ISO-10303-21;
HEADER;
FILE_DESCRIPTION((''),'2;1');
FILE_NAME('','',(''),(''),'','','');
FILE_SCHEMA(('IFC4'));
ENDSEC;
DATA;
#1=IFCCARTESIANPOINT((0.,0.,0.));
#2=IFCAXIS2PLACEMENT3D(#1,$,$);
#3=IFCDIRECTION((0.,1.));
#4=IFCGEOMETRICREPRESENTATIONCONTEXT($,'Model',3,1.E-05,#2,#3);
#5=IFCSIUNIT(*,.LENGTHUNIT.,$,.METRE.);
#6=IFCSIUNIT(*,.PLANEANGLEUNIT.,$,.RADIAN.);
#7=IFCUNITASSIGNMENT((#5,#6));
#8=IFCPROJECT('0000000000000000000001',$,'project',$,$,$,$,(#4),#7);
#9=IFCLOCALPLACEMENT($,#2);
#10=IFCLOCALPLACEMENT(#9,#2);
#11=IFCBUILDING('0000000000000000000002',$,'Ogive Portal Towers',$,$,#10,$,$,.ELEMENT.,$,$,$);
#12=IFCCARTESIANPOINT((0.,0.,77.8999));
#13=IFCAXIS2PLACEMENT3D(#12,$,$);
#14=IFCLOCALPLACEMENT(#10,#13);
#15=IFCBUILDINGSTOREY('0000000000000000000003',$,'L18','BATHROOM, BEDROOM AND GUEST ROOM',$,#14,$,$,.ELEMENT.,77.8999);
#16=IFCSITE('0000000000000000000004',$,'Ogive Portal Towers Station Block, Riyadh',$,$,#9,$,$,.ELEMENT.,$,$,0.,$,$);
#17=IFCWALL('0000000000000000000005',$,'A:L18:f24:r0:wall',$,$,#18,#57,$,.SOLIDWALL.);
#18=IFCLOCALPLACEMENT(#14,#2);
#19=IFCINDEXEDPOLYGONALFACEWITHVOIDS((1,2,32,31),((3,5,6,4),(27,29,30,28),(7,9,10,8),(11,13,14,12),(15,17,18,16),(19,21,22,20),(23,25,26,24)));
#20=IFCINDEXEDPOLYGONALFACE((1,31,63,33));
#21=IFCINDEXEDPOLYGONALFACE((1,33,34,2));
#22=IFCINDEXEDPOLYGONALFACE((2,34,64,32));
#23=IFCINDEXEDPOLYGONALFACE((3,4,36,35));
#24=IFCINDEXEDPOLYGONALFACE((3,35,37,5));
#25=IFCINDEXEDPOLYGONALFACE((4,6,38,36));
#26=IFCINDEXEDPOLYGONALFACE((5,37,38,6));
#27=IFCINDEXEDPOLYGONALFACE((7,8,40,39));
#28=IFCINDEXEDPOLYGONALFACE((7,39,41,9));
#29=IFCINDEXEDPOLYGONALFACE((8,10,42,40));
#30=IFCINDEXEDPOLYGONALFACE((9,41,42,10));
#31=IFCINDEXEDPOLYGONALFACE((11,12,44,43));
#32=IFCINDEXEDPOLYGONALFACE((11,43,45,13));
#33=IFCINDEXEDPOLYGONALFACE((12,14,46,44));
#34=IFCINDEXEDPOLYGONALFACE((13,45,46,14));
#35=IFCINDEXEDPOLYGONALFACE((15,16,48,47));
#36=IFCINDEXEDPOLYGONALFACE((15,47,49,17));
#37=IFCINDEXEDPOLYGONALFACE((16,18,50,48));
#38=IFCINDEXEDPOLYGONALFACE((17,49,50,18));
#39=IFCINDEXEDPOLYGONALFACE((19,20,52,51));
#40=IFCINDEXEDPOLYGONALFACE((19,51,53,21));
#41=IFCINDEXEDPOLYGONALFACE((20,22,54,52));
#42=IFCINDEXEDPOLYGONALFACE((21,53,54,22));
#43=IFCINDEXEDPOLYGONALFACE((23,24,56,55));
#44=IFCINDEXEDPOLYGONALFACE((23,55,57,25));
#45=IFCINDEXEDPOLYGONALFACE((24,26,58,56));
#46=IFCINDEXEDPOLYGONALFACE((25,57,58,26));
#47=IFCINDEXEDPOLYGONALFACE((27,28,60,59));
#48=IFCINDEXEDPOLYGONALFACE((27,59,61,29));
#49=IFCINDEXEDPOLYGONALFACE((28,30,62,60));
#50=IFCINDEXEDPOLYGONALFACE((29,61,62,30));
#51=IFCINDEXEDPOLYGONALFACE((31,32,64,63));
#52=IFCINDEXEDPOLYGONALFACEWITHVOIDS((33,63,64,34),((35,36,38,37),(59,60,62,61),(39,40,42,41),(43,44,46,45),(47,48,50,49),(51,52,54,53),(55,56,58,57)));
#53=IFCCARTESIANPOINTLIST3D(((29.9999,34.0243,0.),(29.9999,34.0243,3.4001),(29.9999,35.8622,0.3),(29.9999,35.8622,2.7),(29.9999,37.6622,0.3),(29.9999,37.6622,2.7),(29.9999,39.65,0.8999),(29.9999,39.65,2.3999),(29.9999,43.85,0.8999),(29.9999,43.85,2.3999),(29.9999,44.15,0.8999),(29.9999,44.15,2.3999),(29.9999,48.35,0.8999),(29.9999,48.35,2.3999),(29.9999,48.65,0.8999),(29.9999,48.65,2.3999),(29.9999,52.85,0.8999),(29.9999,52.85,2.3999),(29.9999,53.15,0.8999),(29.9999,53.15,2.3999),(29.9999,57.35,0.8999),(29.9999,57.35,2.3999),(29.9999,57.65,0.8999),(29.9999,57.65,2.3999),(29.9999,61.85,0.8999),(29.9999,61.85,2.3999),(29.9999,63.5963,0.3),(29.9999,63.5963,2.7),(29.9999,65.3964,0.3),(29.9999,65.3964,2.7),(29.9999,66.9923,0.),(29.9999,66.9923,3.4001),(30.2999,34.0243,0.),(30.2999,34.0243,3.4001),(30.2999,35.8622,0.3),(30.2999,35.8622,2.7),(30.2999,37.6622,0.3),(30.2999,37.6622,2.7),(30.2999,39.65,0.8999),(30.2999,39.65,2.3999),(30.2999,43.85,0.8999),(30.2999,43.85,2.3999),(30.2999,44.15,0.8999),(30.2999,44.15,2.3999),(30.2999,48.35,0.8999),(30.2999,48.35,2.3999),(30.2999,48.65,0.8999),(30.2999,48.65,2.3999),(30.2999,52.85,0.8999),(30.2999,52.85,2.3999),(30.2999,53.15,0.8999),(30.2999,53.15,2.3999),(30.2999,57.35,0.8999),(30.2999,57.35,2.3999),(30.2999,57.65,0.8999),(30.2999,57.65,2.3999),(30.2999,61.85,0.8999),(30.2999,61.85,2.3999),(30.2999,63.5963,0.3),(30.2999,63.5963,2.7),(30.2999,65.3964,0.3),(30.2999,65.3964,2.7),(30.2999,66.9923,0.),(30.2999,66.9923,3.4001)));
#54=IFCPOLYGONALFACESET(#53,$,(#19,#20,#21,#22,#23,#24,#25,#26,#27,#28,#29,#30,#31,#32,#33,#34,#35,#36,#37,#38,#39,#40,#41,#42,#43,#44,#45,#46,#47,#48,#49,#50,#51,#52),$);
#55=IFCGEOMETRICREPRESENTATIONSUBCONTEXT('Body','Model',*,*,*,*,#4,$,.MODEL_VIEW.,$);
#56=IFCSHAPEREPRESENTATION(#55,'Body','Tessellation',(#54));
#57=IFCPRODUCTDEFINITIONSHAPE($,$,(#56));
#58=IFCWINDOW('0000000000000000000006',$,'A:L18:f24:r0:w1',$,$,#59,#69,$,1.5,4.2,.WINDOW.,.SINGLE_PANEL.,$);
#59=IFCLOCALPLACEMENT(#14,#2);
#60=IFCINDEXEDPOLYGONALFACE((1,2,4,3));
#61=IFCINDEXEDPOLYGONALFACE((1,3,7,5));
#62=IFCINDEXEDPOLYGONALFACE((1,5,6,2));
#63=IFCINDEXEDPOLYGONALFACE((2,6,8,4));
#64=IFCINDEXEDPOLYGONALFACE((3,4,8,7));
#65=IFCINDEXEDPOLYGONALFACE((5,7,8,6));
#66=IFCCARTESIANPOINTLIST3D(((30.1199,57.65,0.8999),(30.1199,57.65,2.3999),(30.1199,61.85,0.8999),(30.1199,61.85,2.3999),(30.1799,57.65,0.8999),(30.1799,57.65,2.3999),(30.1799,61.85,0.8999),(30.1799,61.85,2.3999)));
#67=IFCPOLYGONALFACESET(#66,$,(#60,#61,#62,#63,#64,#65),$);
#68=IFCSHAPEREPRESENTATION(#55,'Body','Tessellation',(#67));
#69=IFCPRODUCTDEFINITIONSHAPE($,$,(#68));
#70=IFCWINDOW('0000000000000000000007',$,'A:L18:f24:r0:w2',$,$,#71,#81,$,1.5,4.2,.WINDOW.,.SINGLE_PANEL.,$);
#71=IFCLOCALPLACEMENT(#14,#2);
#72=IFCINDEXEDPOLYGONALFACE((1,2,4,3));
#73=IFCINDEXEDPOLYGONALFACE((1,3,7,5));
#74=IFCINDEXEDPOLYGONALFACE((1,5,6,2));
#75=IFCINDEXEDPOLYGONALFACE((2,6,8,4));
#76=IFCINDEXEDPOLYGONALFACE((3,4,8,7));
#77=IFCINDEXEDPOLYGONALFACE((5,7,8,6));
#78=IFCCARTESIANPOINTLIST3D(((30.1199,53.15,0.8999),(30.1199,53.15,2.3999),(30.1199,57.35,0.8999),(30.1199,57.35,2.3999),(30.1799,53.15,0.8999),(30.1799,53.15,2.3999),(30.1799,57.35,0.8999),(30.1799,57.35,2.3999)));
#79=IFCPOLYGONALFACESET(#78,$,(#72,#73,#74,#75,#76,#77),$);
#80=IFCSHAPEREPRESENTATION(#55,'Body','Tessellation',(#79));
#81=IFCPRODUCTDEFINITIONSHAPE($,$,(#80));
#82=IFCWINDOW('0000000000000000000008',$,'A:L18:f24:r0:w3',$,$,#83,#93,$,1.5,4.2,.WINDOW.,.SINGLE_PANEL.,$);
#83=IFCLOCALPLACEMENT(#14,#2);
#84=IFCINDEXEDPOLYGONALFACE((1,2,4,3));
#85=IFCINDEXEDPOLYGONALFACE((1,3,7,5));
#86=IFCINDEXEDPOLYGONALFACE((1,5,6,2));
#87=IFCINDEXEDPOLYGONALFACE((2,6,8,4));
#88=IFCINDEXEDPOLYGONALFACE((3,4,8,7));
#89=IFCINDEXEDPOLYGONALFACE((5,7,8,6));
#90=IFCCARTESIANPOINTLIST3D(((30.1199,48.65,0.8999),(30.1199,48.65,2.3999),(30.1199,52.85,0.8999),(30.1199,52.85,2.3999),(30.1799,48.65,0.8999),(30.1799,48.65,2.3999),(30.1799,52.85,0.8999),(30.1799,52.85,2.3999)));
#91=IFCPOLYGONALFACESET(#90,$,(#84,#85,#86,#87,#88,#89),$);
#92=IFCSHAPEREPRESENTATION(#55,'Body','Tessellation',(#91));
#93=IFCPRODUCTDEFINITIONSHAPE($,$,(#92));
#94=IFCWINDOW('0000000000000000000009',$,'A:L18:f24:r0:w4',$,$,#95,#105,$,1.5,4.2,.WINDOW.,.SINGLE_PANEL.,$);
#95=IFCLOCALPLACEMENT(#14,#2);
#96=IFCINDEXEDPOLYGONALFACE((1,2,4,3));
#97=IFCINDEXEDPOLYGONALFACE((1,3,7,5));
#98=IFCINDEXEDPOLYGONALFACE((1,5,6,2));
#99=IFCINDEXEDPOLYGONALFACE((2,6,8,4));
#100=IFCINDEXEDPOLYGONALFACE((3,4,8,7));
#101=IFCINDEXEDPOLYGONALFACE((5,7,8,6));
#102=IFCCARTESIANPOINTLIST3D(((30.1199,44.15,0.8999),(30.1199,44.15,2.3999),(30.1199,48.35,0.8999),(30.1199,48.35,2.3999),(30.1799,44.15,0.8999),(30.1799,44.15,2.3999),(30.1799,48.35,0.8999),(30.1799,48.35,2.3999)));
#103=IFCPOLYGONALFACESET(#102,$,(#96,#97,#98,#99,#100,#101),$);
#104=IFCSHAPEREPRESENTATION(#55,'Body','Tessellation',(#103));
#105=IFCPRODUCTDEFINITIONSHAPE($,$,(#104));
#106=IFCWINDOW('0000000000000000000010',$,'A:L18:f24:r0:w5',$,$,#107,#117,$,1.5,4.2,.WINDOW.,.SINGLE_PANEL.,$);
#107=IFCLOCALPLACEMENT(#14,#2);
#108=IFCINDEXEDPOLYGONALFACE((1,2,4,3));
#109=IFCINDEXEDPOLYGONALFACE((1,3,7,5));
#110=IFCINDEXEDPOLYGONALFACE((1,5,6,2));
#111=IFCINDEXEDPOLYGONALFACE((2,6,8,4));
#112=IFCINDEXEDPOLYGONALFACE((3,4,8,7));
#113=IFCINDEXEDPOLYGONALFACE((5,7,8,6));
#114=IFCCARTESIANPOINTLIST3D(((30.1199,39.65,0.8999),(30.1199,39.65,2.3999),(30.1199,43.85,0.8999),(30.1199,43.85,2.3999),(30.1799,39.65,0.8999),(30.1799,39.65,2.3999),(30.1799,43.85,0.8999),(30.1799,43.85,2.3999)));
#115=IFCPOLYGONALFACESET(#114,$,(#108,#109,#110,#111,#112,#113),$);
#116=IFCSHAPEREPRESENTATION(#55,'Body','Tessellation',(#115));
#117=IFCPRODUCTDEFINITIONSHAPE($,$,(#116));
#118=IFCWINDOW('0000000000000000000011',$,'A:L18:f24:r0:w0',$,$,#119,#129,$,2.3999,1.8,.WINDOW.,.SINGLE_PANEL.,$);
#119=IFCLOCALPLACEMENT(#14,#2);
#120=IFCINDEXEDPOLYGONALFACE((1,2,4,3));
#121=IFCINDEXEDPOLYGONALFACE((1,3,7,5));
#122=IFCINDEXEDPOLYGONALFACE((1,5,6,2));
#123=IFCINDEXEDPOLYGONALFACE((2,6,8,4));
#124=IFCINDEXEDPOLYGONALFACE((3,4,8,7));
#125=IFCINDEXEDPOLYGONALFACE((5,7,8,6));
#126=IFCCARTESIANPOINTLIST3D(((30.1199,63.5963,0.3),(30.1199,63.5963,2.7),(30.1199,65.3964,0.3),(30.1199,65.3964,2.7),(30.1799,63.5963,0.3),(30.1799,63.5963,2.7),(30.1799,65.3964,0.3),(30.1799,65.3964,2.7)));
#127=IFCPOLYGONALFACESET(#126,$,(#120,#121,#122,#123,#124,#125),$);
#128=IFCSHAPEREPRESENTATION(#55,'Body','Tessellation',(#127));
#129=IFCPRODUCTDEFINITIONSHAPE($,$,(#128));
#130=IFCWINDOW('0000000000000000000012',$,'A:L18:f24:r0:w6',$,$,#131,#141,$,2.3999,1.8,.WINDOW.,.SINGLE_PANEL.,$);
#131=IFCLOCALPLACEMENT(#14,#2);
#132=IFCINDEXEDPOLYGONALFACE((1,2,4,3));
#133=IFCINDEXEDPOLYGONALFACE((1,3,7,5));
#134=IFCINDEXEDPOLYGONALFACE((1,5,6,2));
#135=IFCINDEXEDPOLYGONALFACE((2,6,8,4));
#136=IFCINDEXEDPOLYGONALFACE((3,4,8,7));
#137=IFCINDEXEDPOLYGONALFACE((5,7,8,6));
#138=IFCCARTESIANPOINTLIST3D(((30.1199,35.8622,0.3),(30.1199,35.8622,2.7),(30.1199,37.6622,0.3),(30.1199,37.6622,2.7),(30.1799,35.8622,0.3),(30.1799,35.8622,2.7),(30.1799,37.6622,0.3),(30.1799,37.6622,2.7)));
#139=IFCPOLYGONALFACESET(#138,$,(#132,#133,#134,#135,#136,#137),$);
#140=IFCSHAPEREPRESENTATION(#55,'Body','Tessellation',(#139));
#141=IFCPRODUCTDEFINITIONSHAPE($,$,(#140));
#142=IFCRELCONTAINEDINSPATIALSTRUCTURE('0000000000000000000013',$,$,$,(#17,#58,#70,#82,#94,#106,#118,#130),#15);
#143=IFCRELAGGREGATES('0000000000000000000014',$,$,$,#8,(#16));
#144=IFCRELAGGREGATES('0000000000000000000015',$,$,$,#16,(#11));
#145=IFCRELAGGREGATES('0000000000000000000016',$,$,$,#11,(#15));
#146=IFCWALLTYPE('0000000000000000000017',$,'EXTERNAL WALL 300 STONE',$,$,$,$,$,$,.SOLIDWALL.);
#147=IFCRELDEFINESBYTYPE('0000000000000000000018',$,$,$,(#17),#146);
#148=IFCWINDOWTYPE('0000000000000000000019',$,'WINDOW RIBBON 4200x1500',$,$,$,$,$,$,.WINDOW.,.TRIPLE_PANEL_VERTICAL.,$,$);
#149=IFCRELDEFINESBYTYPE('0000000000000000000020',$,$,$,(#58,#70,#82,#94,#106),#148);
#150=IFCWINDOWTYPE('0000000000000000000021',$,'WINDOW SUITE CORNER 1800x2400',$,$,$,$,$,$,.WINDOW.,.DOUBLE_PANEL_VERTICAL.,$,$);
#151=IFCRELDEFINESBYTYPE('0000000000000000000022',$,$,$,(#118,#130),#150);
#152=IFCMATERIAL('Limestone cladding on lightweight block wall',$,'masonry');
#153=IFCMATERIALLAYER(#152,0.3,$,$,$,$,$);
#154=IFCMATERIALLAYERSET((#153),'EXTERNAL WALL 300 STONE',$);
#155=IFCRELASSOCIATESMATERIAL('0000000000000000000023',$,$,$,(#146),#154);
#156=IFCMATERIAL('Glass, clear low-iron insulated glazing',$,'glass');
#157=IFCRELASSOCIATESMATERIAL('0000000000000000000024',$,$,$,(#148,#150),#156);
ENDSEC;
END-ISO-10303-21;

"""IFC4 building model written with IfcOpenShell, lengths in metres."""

from ifc_helpers import new_model, si_unit, direction, frame, frame_2d, origin, place, context, subcontext, project, spatial, rectangle, extrude, material, layer, layer_set, type_object, element, fill, save


model = new_model("IFC4")

# Units and contexts
model_context = context("Model", 3, precision=1e-05, world=origin(), true_north=direction((0.0, 1.0)))
body_context = subcontext(model_context, "Body", "Model", "MODEL_VIEW")
ifc_project = project(units=[si_unit("LENGTHUNIT", "METRE"), si_unit("PLANEANGLEUNIT", "RADIAN")], contexts=[model_context])

# Site, building, storey
site_placement = place(None, origin())
site = spatial("IfcSite", under=ifc_project, at=site_placement, Name="Ogive Portal Towers Station Block, Riyadh", CompositionType="ELEMENT", RefElevation=0.0)
building_placement = place(site_placement, origin())
building = spatial("IfcBuilding", under=site, at=building_placement, Name="Ogive Portal Towers", CompositionType="ELEMENT")
storey_placement = place(building_placement, frame((0.0, 0.0, 77.8999)))
storey = spatial("IfcBuildingStorey", under=building, at=storey_placement, Name="L18", Description="BATHROOM, BEDROOM AND GUEST ROOM", CompositionType="ELEMENT", Elevation=77.8999)

# Shared definitions
ifc_material_1 = material(Name="Glass, clear low-iron insulated glazing", Category="glass")

# Wall, openings, windows
ifc_material_2 = material(Name="Limestone cladding on lightweight block wall", Category="masonry")
ifc_layer_1 = layer(ifc_material_2, 0.3)
ifc_layer_set_1 = layer_set([ifc_layer_1], Name="EXTERNAL WALL 300 STONE")
wall_type_1 = type_object("IfcWallType", Name="EXTERNAL WALL 300 STONE", PredefinedType="SOLIDWALL", material=ifc_layer_set_1)
wall_1_placement = place(storey_placement, frame((30.1499, 66.9922, 0.0), z_axis=(0.0, 0.0, 1.0), x_axis=(0.0, -1.0, 0.0)))
wall_1 = element("IfcWall", 1, at=wall_1_placement, inside=storey, type_object=wall_type_1, Name="A:L18:f24:r0:wall", PredefinedType="SOLIDWALL", context=body_context, shape_type="SweptSolid", body=[
    extrude(rectangle(XDim=32.968, YDim=0.3, at=frame_2d((16.4839, 0.0))), origin(), (0.0, 0.0, 1.0), 3.4001),
])
opening_1_placement = place(wall_1_placement, frame((1.5959, 0.0, 0.3)))
opening_1 = element("IfcOpeningElement", 2, at=opening_1_placement, cuts=wall_1, PredefinedType="OPENING", context=body_context, shape_type="SweptSolid", body=[
    extrude(rectangle(XDim=1.8, YDim=2.3999, at=frame_2d((0.8999, 1.2))), frame((0.0, 0.1602, 0.0), z_axis=(0.0, -1.0, 0.0), x_axis=(1.0, 0.0, 0.0)), (0.0, 0.0, 1.0), 0.3201),
])
opening_2_placement = place(wall_1_placement, frame((5.1421, 0.0, 0.8999)))
opening_2 = element("IfcOpeningElement", 3, at=opening_2_placement, cuts=wall_1, PredefinedType="OPENING", context=body_context, shape_type="SweptSolid", body=[
    extrude(rectangle(XDim=4.2, YDim=1.5, at=frame_2d((2.1001, 0.75))), frame((0.0, 0.1602, 0.0), z_axis=(0.0, -1.0, 0.0), x_axis=(1.0, 0.0, 0.0)), (0.0, 0.0, 1.0), 0.3201),
])
opening_3_placement = place(wall_1_placement, frame((9.6421, 0.0, 0.8999)))
opening_3 = element("IfcOpeningElement", 4, at=opening_3_placement, cuts=wall_1, PredefinedType="OPENING", context=body_context, shape_type="SweptSolid", body=[
    extrude(rectangle(XDim=4.2, YDim=1.5, at=frame_2d((2.1001, 0.75))), frame((0.0, 0.1602, 0.0), z_axis=(0.0, -1.0, 0.0), x_axis=(1.0, 0.0, 0.0)), (0.0, 0.0, 1.0), 0.3201),
])
opening_4_placement = place(wall_1_placement, frame((14.1421, 0.0, 0.8999)))
opening_4 = element("IfcOpeningElement", 5, at=opening_4_placement, cuts=wall_1, PredefinedType="OPENING", context=body_context, shape_type="SweptSolid", body=[
    extrude(rectangle(XDim=4.2, YDim=1.5, at=frame_2d((2.1001, 0.75))), frame((0.0, 0.1602, 0.0), z_axis=(0.0, -1.0, 0.0), x_axis=(1.0, 0.0, 0.0)), (0.0, 0.0, 1.0), 0.3201),
])
opening_5_placement = place(wall_1_placement, frame((18.6421, 0.0, 0.8999)))
opening_5 = element("IfcOpeningElement", 6, at=opening_5_placement, cuts=wall_1, PredefinedType="OPENING", context=body_context, shape_type="SweptSolid", body=[
    extrude(rectangle(XDim=4.2, YDim=1.5, at=frame_2d((2.1001, 0.75))), frame((0.0, 0.1602, 0.0), z_axis=(0.0, -1.0, 0.0), x_axis=(1.0, 0.0, 0.0)), (0.0, 0.0, 1.0), 0.3201),
])
opening_6_placement = place(wall_1_placement, frame((23.1421, 0.0, 0.8999)))
opening_6 = element("IfcOpeningElement", 7, at=opening_6_placement, cuts=wall_1, PredefinedType="OPENING", context=body_context, shape_type="SweptSolid", body=[
    extrude(rectangle(XDim=4.2, YDim=1.5, at=frame_2d((2.1001, 0.75))), frame((0.0, 0.1602, 0.0), z_axis=(0.0, -1.0, 0.0), x_axis=(1.0, 0.0, 0.0)), (0.0, 0.0, 1.0), 0.3201),
])
opening_7_placement = place(wall_1_placement, frame((29.3301, 0.0, 0.3)))
opening_7 = element("IfcOpeningElement", 8, at=opening_7_placement, cuts=wall_1, PredefinedType="OPENING", context=body_context, shape_type="SweptSolid", body=[
    extrude(rectangle(XDim=1.8, YDim=2.3999, at=frame_2d((0.8999, 1.2))), frame((0.0, 0.1602, 0.0), z_axis=(0.0, -1.0, 0.0), x_axis=(1.0, 0.0, 0.0)), (0.0, 0.0, 1.0), 0.3201),
])
window_type_1 = type_object("IfcWindowType", Name="WINDOW RIBBON 4200x1500", PartitioningType="TRIPLE_PANEL_VERTICAL", PredefinedType="WINDOW", material=ifc_material_1)
window_1_placement = place(opening_2_placement, origin())
window_1 = element("IfcWindow", 9, at=window_1_placement, inside=storey, type_object=window_type_1, Name="A:L18:f24:r0:w1", OverallHeight=1.5, OverallWidth=4.2, PartitioningType="SINGLE_PANEL", PredefinedType="WINDOW", context=body_context, shape_type="SweptSolid", body=[
    extrude(rectangle(XDim=4.2, YDim=1.5, at=frame_2d((2.1001, 0.75))), frame((0.0, 0.03, 0.0), z_axis=(0.0, -1.0, 0.0), x_axis=(1.0, 0.0, 0.0)), (0.0, 0.0, 1.0), 0.0601),
])
fill(opening_2, window_1)
window_2_placement = place(opening_3_placement, origin())
window_2 = element("IfcWindow", 10, at=window_2_placement, inside=storey, type_object=window_type_1, Name="A:L18:f24:r0:w2", OverallHeight=1.5, OverallWidth=4.2, PartitioningType="SINGLE_PANEL", PredefinedType="WINDOW", context=body_context, shape_type="SweptSolid", body=[
    extrude(rectangle(XDim=4.2, YDim=1.5, at=frame_2d((2.1001, 0.75))), frame((0.0, 0.03, 0.0), z_axis=(0.0, -1.0, 0.0), x_axis=(1.0, 0.0, 0.0)), (0.0, 0.0, 1.0), 0.0601),
])
fill(opening_3, window_2)
window_3_placement = place(opening_4_placement, origin())
window_3 = element("IfcWindow", 11, at=window_3_placement, inside=storey, type_object=window_type_1, Name="A:L18:f24:r0:w3", OverallHeight=1.5, OverallWidth=4.2, PartitioningType="SINGLE_PANEL", PredefinedType="WINDOW", context=body_context, shape_type="SweptSolid", body=[
    extrude(rectangle(XDim=4.2, YDim=1.5, at=frame_2d((2.1001, 0.75))), frame((0.0, 0.03, 0.0), z_axis=(0.0, -1.0, 0.0), x_axis=(1.0, 0.0, 0.0)), (0.0, 0.0, 1.0), 0.0601),
])
fill(opening_4, window_3)
window_4_placement = place(opening_5_placement, origin())
window_4 = element("IfcWindow", 12, at=window_4_placement, inside=storey, type_object=window_type_1, Name="A:L18:f24:r0:w4", OverallHeight=1.5, OverallWidth=4.2, PartitioningType="SINGLE_PANEL", PredefinedType="WINDOW", context=body_context, shape_type="SweptSolid", body=[
    extrude(rectangle(XDim=4.2, YDim=1.5, at=frame_2d((2.1001, 0.75))), frame((0.0, 0.03, 0.0), z_axis=(0.0, -1.0, 0.0), x_axis=(1.0, 0.0, 0.0)), (0.0, 0.0, 1.0), 0.0601),
])
fill(opening_5, window_4)
window_5_placement = place(opening_6_placement, origin())
window_5 = element("IfcWindow", 13, at=window_5_placement, inside=storey, type_object=window_type_1, Name="A:L18:f24:r0:w5", OverallHeight=1.5, OverallWidth=4.2, PartitioningType="SINGLE_PANEL", PredefinedType="WINDOW", context=body_context, shape_type="SweptSolid", body=[
    extrude(rectangle(XDim=4.2, YDim=1.5, at=frame_2d((2.1001, 0.75))), frame((0.0, 0.03, 0.0), z_axis=(0.0, -1.0, 0.0), x_axis=(1.0, 0.0, 0.0)), (0.0, 0.0, 1.0), 0.0601),
])
fill(opening_6, window_5)
window_type_2 = type_object("IfcWindowType", Name="WINDOW SUITE CORNER 1800x2400", PartitioningType="DOUBLE_PANEL_VERTICAL", PredefinedType="WINDOW", material=ifc_material_1)
window_6_placement = place(opening_1_placement, origin())
window_6 = element("IfcWindow", 14, at=window_6_placement, inside=storey, type_object=window_type_2, Name="A:L18:f24:r0:w0", OverallHeight=2.3999, OverallWidth=1.8, PartitioningType="SINGLE_PANEL", PredefinedType="WINDOW", context=body_context, shape_type="SweptSolid", body=[
    extrude(rectangle(XDim=1.8, YDim=2.3999, at=frame_2d((0.8999, 1.2))), frame((0.0, 0.03, 0.0), z_axis=(0.0, -1.0, 0.0), x_axis=(1.0, 0.0, 0.0)), (0.0, 0.0, 1.0), 0.0601),
])
fill(opening_1, window_6)
window_7_placement = place(opening_7_placement, origin())
window_7 = element("IfcWindow", 15, at=window_7_placement, inside=storey, type_object=window_type_2, Name="A:L18:f24:r0:w6", OverallHeight=2.3999, OverallWidth=1.8, PartitioningType="SINGLE_PANEL", PredefinedType="WINDOW", context=body_context, shape_type="SweptSolid", body=[
    extrude(rectangle(XDim=1.8, YDim=2.3999, at=frame_2d((0.8999, 1.2))), frame((0.0, 0.03, 0.0), z_axis=(0.0, -1.0, 0.0), x_axis=(1.0, 0.0, 0.0)), (0.0, 0.0, 1.0), 0.0601),
])
fill(opening_7, window_7)

save(model, "model.ifc")
